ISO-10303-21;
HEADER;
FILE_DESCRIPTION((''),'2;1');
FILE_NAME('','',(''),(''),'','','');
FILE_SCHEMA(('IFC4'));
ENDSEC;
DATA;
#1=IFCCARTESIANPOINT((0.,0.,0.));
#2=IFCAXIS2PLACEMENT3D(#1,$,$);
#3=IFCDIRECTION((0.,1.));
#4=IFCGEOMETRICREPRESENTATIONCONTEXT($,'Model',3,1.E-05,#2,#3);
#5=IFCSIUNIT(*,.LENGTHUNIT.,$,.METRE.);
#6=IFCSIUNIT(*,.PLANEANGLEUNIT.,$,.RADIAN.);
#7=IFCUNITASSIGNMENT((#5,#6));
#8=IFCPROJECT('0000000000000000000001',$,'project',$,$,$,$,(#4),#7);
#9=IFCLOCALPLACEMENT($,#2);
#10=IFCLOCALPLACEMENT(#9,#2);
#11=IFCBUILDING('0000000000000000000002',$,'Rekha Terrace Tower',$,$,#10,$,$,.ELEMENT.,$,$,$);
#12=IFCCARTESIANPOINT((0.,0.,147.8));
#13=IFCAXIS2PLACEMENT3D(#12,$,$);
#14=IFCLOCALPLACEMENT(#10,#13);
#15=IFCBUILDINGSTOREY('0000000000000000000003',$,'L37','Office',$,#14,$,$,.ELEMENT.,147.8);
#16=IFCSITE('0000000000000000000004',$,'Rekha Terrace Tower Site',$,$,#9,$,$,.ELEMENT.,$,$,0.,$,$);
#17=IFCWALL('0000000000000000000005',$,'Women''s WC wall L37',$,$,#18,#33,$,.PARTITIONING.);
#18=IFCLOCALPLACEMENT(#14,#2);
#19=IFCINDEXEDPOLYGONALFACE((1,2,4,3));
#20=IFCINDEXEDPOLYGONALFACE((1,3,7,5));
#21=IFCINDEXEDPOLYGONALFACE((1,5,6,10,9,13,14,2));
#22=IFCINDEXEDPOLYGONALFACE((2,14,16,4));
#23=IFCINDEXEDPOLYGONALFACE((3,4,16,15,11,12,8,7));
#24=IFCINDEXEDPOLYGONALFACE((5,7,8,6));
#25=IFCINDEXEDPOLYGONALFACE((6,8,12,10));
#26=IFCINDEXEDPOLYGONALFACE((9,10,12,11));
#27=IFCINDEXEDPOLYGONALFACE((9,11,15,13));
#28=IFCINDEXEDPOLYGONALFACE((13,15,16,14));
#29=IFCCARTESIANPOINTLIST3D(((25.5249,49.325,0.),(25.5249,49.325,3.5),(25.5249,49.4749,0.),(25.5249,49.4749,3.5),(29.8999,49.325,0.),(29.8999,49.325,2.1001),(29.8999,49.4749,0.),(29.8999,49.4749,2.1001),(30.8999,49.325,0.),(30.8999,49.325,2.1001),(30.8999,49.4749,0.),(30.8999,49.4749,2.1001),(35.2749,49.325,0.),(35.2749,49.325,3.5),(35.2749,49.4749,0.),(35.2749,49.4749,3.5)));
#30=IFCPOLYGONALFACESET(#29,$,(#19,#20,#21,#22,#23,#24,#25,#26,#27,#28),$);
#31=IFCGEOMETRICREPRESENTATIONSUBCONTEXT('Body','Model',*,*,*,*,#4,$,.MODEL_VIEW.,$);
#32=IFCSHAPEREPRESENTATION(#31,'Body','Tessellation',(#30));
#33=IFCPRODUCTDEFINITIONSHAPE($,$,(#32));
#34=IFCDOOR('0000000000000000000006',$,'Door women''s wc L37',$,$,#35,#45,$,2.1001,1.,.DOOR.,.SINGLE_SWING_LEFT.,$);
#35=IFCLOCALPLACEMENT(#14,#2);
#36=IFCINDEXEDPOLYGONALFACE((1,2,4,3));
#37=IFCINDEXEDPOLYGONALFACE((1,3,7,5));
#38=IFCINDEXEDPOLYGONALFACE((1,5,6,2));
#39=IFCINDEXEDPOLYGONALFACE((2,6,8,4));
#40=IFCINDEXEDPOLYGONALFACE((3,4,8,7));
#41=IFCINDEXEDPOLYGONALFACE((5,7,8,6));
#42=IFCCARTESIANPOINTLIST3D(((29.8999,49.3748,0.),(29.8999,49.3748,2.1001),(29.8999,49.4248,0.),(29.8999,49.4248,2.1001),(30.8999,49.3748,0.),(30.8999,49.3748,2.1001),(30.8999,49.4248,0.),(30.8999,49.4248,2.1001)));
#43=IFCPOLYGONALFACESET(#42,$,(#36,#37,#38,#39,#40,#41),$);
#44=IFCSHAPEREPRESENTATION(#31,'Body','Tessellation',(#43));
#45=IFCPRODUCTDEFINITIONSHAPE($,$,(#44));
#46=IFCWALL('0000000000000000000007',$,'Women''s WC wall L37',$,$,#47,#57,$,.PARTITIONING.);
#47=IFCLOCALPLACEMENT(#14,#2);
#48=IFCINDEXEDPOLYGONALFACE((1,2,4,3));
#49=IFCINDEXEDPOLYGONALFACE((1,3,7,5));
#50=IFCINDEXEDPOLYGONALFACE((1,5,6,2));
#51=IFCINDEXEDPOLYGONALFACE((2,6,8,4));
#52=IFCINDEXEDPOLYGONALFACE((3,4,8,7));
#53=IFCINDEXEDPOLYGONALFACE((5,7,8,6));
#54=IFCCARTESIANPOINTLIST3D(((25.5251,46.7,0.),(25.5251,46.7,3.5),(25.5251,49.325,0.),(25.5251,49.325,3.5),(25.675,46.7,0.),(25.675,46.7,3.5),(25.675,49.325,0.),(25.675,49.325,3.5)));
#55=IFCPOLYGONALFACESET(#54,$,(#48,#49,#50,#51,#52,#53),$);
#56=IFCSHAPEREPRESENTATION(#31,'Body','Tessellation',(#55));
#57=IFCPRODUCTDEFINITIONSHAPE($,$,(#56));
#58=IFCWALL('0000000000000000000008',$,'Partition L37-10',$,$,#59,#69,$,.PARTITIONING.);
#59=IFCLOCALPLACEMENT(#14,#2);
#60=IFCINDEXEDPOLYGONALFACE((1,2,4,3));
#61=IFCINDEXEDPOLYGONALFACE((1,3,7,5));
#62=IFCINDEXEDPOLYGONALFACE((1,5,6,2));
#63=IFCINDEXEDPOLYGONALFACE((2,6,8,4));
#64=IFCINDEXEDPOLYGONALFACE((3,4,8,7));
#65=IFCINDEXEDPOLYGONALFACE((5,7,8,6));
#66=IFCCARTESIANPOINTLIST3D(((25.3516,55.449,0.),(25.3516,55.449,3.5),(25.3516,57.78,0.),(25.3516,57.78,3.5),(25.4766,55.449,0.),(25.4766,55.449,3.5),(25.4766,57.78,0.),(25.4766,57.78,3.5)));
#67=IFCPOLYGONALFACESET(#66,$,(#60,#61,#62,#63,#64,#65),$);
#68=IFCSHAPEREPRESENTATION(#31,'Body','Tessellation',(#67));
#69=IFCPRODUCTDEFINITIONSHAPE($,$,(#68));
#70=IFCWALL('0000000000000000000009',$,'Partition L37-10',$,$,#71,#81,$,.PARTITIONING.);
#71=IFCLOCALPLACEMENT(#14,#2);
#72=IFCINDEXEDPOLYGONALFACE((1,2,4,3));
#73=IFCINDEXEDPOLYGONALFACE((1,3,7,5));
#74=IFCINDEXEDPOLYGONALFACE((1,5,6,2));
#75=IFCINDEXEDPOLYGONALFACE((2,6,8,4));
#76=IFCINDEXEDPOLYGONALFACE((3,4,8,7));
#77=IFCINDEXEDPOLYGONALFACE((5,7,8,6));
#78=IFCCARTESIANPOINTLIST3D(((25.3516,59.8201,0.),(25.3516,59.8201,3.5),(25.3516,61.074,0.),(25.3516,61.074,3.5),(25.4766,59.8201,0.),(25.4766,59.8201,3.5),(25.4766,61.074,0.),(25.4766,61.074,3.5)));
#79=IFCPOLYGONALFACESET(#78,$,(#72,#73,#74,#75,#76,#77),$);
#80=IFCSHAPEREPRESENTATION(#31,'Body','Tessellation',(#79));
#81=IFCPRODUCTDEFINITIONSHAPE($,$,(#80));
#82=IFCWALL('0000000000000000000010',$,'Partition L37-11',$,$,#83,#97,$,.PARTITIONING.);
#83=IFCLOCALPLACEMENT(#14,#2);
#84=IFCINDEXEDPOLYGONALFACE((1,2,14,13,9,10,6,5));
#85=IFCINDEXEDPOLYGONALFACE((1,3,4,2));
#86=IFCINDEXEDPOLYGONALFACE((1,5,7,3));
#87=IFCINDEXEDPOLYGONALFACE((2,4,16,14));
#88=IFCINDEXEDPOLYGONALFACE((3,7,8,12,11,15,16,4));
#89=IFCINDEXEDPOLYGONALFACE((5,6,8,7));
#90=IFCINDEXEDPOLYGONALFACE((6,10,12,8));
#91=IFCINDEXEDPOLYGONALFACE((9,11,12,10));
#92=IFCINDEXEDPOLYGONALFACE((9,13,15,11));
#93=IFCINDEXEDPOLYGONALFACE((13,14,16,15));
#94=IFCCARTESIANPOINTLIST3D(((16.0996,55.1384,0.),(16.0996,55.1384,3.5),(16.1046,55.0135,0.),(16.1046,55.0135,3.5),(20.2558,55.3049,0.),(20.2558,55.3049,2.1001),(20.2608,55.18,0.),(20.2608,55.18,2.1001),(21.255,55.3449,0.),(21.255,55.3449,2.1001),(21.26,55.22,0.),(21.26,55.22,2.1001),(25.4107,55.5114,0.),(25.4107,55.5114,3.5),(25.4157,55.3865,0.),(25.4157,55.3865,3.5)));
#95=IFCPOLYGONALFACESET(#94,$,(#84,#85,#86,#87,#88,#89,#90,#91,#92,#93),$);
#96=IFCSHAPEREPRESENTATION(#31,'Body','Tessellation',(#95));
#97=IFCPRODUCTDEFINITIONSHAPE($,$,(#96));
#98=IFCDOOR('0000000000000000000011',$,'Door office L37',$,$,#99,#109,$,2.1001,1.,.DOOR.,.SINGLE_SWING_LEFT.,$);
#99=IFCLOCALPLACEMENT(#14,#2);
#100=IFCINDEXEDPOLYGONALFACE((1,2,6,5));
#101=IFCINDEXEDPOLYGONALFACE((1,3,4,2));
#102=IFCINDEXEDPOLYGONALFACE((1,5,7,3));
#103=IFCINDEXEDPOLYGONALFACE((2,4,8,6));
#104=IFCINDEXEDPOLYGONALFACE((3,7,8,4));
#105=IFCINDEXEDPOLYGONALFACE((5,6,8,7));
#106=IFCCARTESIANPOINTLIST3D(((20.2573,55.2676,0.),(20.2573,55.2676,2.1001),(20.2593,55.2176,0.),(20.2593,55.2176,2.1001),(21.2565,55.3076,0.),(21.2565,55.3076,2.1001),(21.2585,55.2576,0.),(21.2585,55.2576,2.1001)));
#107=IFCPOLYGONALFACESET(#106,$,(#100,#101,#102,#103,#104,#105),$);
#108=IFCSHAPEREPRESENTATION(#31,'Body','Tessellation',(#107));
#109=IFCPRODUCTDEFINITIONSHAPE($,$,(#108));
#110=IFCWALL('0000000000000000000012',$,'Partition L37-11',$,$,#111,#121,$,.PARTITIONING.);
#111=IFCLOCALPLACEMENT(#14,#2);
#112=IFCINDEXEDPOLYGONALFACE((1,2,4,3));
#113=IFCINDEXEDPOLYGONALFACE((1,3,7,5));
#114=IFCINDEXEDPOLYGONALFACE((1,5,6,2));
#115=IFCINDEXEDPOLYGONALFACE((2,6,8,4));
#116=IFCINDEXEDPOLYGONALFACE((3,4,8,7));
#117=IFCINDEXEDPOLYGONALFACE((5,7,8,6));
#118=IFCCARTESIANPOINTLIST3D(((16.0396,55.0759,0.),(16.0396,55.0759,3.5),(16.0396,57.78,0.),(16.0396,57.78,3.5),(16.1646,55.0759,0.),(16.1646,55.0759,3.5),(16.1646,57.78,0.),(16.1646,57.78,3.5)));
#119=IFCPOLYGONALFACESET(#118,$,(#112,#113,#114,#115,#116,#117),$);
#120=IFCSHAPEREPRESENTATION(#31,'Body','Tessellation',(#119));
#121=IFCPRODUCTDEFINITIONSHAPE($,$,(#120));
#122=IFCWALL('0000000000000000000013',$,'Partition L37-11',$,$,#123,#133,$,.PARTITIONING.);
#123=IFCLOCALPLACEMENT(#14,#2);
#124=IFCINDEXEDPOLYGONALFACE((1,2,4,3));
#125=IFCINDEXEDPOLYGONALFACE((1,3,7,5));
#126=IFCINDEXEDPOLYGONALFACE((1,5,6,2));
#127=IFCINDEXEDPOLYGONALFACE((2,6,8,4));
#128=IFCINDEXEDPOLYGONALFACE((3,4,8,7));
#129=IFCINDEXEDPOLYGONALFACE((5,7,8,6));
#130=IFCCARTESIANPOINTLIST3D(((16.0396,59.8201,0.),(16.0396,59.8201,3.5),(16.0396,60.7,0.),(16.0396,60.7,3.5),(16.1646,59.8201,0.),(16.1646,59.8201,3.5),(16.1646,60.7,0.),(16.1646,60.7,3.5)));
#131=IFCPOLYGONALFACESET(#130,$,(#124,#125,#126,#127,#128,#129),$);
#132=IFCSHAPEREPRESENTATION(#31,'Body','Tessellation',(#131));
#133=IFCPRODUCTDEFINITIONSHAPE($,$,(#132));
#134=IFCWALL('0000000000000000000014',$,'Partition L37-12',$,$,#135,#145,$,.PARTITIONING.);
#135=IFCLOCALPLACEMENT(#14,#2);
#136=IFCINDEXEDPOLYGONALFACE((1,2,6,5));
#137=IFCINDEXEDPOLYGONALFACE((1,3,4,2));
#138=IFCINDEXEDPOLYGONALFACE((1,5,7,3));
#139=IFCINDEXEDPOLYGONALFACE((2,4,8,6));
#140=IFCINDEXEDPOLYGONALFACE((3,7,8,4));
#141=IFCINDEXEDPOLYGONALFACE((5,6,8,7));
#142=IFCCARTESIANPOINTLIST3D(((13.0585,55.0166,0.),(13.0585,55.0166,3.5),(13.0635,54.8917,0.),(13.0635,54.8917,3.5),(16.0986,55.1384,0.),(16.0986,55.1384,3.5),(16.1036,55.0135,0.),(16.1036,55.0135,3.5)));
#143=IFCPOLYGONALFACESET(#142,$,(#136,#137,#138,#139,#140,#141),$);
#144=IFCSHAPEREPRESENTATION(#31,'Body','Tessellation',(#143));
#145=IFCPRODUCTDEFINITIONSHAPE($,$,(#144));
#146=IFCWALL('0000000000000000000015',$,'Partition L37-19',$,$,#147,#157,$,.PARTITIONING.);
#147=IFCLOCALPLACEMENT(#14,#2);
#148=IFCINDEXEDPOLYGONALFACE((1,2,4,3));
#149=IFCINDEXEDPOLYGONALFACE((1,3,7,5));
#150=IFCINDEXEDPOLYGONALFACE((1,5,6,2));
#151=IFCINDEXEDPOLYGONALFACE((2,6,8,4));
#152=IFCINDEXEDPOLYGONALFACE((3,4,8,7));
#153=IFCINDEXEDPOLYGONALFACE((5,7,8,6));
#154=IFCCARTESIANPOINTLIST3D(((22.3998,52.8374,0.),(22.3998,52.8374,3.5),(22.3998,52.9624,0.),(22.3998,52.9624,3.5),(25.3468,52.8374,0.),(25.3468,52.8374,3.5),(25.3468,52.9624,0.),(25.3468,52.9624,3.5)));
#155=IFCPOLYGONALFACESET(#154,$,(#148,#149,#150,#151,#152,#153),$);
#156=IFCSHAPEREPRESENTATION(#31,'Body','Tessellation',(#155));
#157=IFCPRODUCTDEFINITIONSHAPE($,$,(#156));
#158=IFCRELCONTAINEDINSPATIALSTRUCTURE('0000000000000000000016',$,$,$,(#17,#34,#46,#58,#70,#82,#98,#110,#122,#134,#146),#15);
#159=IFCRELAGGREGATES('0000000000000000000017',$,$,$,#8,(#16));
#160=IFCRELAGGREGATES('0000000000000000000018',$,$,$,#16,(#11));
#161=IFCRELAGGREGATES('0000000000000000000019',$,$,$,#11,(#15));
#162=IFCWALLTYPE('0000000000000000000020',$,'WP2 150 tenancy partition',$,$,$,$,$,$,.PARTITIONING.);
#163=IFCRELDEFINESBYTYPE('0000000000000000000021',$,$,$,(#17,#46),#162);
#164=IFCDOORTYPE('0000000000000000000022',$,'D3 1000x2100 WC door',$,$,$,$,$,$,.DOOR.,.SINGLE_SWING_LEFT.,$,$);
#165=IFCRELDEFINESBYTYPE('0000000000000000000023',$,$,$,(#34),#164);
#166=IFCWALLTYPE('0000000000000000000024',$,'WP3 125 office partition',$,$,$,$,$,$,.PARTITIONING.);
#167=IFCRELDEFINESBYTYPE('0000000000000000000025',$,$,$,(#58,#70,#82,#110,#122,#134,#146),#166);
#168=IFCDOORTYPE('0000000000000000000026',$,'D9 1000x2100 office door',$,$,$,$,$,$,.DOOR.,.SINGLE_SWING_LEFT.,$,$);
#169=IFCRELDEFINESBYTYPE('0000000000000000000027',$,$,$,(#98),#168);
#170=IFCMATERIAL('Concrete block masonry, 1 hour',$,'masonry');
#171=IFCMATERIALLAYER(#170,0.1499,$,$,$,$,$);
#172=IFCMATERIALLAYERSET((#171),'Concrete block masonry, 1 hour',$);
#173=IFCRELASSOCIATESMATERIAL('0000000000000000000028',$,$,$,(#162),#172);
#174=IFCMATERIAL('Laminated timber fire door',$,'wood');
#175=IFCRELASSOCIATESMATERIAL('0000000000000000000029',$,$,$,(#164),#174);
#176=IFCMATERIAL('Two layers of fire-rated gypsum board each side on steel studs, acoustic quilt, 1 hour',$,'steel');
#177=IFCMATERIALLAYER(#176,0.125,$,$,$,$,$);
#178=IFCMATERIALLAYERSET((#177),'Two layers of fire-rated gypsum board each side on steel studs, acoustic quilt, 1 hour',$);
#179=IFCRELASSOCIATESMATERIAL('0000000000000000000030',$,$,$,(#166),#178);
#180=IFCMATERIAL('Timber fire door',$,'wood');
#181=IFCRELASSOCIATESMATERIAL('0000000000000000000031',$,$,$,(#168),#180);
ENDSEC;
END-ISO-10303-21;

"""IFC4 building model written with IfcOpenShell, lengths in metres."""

from ifc_helpers import new_model, si_unit, direction, frame, frame_2d, origin, place, context, subcontext, project, spatial, rectangle, extrude, material, layer, layer_set, type_object, element, fill, save


model = new_model("IFC4")

# Units and contexts
model_context = context("Model", 3, precision=1e-05, world=origin(), true_north=direction((0.0, 1.0)))
body_context = subcontext(model_context, "Body", "Model", "MODEL_VIEW")
ifc_project = project(units=[si_unit("LENGTHUNIT", "METRE"), si_unit("PLANEANGLEUNIT", "RADIAN")], contexts=[model_context])

# Site, building, storey
site_placement = place(None, origin())
site = spatial("IfcSite", under=ifc_project, at=site_placement, Name="Rekha Terrace Tower Site", CompositionType="ELEMENT", RefElevation=0.0)
building_placement = place(site_placement, origin())
building = spatial("IfcBuilding", under=site, at=building_placement, Name="Rekha Terrace Tower", CompositionType="ELEMENT")
storey_placement = place(building_placement, frame((0.0, 0.0, 147.8)))
storey = spatial("IfcBuildingStorey", under=building, at=storey_placement, Name="L37", Description="Office", CompositionType="ELEMENT", Elevation=147.8)

# Wall, opening, door
ifc_material_1 = material(Name="Concrete block masonry, 1 hour", Category="masonry")
ifc_layer_1 = layer(ifc_material_1, 0.1499)
ifc_layer_set_1 = layer_set([ifc_layer_1], Name="Concrete block masonry, 1 hour")
wall_type_1 = type_object("IfcWallType", Name="WP2 150 tenancy partition", PredefinedType="PARTITIONING", material=ifc_layer_set_1)
wall_1_placement = place(storey_placement, frame((25.5249, 49.3999, 0.0), z_axis=(0.0, 0.0, 1.0), x_axis=(1.0, 0.0, 0.0)))
wall_1 = element("IfcWall", 1, at=wall_1_placement, inside=storey, type_object=wall_type_1, Name="Women's WC wall L37", PredefinedType="PARTITIONING", context=body_context, shape_type="SweptSolid", body=[
    extrude(rectangle(XDim=9.75, YDim=0.1499, at=frame_2d((4.875, 0.0))), origin(), (0.0, 0.0, 1.0), 3.5),
])
opening_1_placement = place(wall_1_placement, frame((4.375, 0.0, 0.0)))
opening_1 = element("IfcOpeningElement", 2, at=opening_1_placement, cuts=wall_1, PredefinedType="OPENING", context=body_context, shape_type="SweptSolid", body=[
    extrude(rectangle(XDim=1.0, YDim=2.1001, at=frame_2d((0.5, 1.05))), frame((0.0, 0.085, 0.0), z_axis=(0.0, -1.0, 0.0), x_axis=(1.0, 0.0, 0.0)), (0.0, 0.0, 1.0), 0.1699),
])
ifc_material_2 = material(Name="Laminated timber fire door", Category="wood")
door_type_1 = type_object("IfcDoorType", Name="D3 1000x2100 WC door", OperationType="SINGLE_SWING_LEFT", PredefinedType="DOOR", material=ifc_material_2)
door_1_placement = place(opening_1_placement, origin())
door_1 = element("IfcDoor", 3, at=door_1_placement, inside=storey, type_object=door_type_1, Name="Door women's wc L37", OperationType="SINGLE_SWING_LEFT", OverallHeight=2.1001, OverallWidth=1.0, PredefinedType="DOOR", context=body_context, shape_type="SweptSolid", body=[
    extrude(rectangle(XDim=1.0, YDim=2.1001, at=frame_2d((0.5, 1.05))), frame((0.0, 0.0249, 0.0), z_axis=(0.0, -1.0, 0.0), x_axis=(1.0, 0.0, 0.0)), (0.0, 0.0, 1.0), 0.05),
])
fill(opening_1, door_1)

# Walls
wall_2_placement = place(storey_placement, frame((25.6001, 46.7, 0.0), z_axis=(0.0, 0.0, 1.0), x_axis=(0.0, 1.0, 0.0)))
element("IfcWall", 4, at=wall_2_placement, inside=storey, type_object=wall_type_1, Name="Women's WC wall L37", PredefinedType="PARTITIONING", context=body_context, shape_type="SweptSolid", body=[
    extrude(rectangle(XDim=2.625, YDim=0.1499, at=frame_2d((1.3125, 0.0))), origin(), (0.0, 0.0, 1.0), 3.5),
])
ifc_material_3 = material(Name="Two layers of fire-rated gypsum board each side on steel studs, acoustic quilt, 1 hour", Category="steel")
ifc_layer_2 = layer(ifc_material_3, 0.125)
ifc_layer_set_2 = layer_set([ifc_layer_2], Name="Two layers of fire-rated gypsum board each side on steel studs, acoustic quilt, 1 hour")
wall_type_2 = type_object("IfcWallType", Name="WP3 125 office partition", PredefinedType="PARTITIONING", material=ifc_layer_set_2)
wall_3_placement = place(storey_placement, frame((25.4141, 55.449, 0.0), z_axis=(0.0, 0.0, 1.0), x_axis=(0.0, 1.0, 0.0)))
element("IfcWall", 5, at=wall_3_placement, inside=storey, type_object=wall_type_2, Name="Partition L37-10", PredefinedType="PARTITIONING", context=body_context, shape_type="SweptSolid", body=[
    extrude(rectangle(XDim=2.3311, YDim=0.125, at=frame_2d((1.1655, 0.0))), origin(), (0.0, 0.0, 1.0), 3.5),
])
wall_4_placement = place(storey_placement, frame((25.4141, 59.8201, 0.0), z_axis=(0.0, 0.0, 1.0), x_axis=(0.0, 1.0, 0.0)))
element("IfcWall", 6, at=wall_4_placement, inside=storey, type_object=wall_type_2, Name="Partition L37-10", PredefinedType="PARTITIONING", context=body_context, shape_type="SweptSolid", body=[
    extrude(rectangle(XDim=1.2539, YDim=0.125, at=frame_2d((0.627, 0.0))), origin(), (0.0, 0.0, 1.0), 3.5),
])

# Wall, opening, door
wall_5_placement = place(storey_placement, frame((25.4131, 55.449, 0.0), z_axis=(0.0, 0.0, 1.0), x_axis=(-0.999198, -0.040033, 0.0)))
wall_5 = element("IfcWall", 7, at=wall_5_placement, inside=storey, type_object=wall_type_2, Name="Partition L37-11", PredefinedType="PARTITIONING", context=body_context, shape_type="SweptSolid", body=[
    extrude(rectangle(XDim=9.3186, YDim=0.125, at=frame_2d((4.6592, 0.0))), origin(), (0.0, 0.0, 1.0), 3.5),
])
opening_2_placement = place(wall_5_placement, frame((4.1589, 0.0, 0.0)))
opening_2 = element("IfcOpeningElement", 8, at=opening_2_placement, cuts=wall_5, PredefinedType="OPENING", context=body_context, shape_type="SweptSolid", body=[
    extrude(rectangle(XDim=1.0, YDim=2.1001, at=frame_2d((0.5, 1.05))), frame((0.0, 0.0725, 0.0), z_axis=(0.0, -1.0, 0.0), x_axis=(1.0, 0.0, 0.0)), (0.0, 0.0, 1.0), 0.145),
])
ifc_material_4 = material(Name="Timber fire door", Category="wood")
door_type_2 = type_object("IfcDoorType", Name="D9 1000x2100 office door", OperationType="SINGLE_SWING_LEFT", PredefinedType="DOOR", material=ifc_material_4)
door_2_placement = place(opening_2_placement, origin())
door_2 = element("IfcDoor", 9, at=door_2_placement, inside=storey, type_object=door_type_2, Name="Door office L37", OperationType="SINGLE_SWING_LEFT", OverallHeight=2.1001, OverallWidth=1.0, PredefinedType="DOOR", context=body_context, shape_type="SweptSolid", body=[
    extrude(rectangle(XDim=1.0, YDim=2.1001, at=frame_2d((0.5, 1.05))), frame((0.0, 0.0249, 0.0), z_axis=(0.0, -1.0, 0.0), x_axis=(1.0, 0.0, 0.0)), (0.0, 0.0, 1.0), 0.05),
])
fill(opening_2, door_2)

# Walls
wall_6_placement = place(storey_placement, frame((16.1021, 55.0759, 0.0), z_axis=(0.0, 0.0, 1.0), x_axis=(0.0, 1.0, 0.0)))
element("IfcWall", 10, at=wall_6_placement, inside=storey, type_object=wall_type_2, Name="Partition L37-11", PredefinedType="PARTITIONING", context=body_context, shape_type="SweptSolid", body=[
    extrude(rectangle(XDim=2.7041, YDim=0.125, at=frame_2d((1.3521, 0.0))), origin(), (0.0, 0.0, 1.0), 3.5),
])
wall_7_placement = place(storey_placement, frame((16.1021, 59.8201, 0.0), z_axis=(0.0, 0.0, 1.0), x_axis=(0.0, 1.0, 0.0)))
element("IfcWall", 11, at=wall_7_placement, inside=storey, type_object=wall_type_2, Name="Partition L37-11", PredefinedType="PARTITIONING", context=body_context, shape_type="SweptSolid", body=[
    extrude(rectangle(XDim=0.8799, YDim=0.125, at=frame_2d((0.4399, 0.0))), origin(), (0.0, 0.0, 1.0), 3.5),
])
wall_8_placement = place(storey_placement, frame((16.1011, 55.0759, 0.0), z_axis=(0.0, 0.0, 1.0), x_axis=(-0.999198, -0.040042, 0.0)))
element("IfcWall", 12, at=wall_8_placement, inside=storey, type_object=wall_type_2, Name="Partition L37-12", PredefinedType="PARTITIONING", context=body_context, shape_type="SweptSolid", body=[
    extrude(rectangle(XDim=3.0425, YDim=0.125, at=frame_2d((1.5212, 0.0))), origin(), (0.0, 0.0, 1.0), 3.5),
])
wall_9_placement = place(storey_placement, frame((25.3469, 52.8999, 0.0), z_axis=(0.0, 0.0, 1.0), x_axis=(-1.0, 0.0, 0.0)))
element("IfcWall", 13, at=wall_9_placement, inside=storey, type_object=wall_type_2, Name="Partition L37-19", PredefinedType="PARTITIONING", context=body_context, shape_type="SweptSolid", body=[
    extrude(rectangle(XDim=2.947, YDim=0.125, at=frame_2d((1.4736, 0.0))), origin(), (0.0, 0.0, 1.0), 3.5),
])

save(model, "model.ifc")
